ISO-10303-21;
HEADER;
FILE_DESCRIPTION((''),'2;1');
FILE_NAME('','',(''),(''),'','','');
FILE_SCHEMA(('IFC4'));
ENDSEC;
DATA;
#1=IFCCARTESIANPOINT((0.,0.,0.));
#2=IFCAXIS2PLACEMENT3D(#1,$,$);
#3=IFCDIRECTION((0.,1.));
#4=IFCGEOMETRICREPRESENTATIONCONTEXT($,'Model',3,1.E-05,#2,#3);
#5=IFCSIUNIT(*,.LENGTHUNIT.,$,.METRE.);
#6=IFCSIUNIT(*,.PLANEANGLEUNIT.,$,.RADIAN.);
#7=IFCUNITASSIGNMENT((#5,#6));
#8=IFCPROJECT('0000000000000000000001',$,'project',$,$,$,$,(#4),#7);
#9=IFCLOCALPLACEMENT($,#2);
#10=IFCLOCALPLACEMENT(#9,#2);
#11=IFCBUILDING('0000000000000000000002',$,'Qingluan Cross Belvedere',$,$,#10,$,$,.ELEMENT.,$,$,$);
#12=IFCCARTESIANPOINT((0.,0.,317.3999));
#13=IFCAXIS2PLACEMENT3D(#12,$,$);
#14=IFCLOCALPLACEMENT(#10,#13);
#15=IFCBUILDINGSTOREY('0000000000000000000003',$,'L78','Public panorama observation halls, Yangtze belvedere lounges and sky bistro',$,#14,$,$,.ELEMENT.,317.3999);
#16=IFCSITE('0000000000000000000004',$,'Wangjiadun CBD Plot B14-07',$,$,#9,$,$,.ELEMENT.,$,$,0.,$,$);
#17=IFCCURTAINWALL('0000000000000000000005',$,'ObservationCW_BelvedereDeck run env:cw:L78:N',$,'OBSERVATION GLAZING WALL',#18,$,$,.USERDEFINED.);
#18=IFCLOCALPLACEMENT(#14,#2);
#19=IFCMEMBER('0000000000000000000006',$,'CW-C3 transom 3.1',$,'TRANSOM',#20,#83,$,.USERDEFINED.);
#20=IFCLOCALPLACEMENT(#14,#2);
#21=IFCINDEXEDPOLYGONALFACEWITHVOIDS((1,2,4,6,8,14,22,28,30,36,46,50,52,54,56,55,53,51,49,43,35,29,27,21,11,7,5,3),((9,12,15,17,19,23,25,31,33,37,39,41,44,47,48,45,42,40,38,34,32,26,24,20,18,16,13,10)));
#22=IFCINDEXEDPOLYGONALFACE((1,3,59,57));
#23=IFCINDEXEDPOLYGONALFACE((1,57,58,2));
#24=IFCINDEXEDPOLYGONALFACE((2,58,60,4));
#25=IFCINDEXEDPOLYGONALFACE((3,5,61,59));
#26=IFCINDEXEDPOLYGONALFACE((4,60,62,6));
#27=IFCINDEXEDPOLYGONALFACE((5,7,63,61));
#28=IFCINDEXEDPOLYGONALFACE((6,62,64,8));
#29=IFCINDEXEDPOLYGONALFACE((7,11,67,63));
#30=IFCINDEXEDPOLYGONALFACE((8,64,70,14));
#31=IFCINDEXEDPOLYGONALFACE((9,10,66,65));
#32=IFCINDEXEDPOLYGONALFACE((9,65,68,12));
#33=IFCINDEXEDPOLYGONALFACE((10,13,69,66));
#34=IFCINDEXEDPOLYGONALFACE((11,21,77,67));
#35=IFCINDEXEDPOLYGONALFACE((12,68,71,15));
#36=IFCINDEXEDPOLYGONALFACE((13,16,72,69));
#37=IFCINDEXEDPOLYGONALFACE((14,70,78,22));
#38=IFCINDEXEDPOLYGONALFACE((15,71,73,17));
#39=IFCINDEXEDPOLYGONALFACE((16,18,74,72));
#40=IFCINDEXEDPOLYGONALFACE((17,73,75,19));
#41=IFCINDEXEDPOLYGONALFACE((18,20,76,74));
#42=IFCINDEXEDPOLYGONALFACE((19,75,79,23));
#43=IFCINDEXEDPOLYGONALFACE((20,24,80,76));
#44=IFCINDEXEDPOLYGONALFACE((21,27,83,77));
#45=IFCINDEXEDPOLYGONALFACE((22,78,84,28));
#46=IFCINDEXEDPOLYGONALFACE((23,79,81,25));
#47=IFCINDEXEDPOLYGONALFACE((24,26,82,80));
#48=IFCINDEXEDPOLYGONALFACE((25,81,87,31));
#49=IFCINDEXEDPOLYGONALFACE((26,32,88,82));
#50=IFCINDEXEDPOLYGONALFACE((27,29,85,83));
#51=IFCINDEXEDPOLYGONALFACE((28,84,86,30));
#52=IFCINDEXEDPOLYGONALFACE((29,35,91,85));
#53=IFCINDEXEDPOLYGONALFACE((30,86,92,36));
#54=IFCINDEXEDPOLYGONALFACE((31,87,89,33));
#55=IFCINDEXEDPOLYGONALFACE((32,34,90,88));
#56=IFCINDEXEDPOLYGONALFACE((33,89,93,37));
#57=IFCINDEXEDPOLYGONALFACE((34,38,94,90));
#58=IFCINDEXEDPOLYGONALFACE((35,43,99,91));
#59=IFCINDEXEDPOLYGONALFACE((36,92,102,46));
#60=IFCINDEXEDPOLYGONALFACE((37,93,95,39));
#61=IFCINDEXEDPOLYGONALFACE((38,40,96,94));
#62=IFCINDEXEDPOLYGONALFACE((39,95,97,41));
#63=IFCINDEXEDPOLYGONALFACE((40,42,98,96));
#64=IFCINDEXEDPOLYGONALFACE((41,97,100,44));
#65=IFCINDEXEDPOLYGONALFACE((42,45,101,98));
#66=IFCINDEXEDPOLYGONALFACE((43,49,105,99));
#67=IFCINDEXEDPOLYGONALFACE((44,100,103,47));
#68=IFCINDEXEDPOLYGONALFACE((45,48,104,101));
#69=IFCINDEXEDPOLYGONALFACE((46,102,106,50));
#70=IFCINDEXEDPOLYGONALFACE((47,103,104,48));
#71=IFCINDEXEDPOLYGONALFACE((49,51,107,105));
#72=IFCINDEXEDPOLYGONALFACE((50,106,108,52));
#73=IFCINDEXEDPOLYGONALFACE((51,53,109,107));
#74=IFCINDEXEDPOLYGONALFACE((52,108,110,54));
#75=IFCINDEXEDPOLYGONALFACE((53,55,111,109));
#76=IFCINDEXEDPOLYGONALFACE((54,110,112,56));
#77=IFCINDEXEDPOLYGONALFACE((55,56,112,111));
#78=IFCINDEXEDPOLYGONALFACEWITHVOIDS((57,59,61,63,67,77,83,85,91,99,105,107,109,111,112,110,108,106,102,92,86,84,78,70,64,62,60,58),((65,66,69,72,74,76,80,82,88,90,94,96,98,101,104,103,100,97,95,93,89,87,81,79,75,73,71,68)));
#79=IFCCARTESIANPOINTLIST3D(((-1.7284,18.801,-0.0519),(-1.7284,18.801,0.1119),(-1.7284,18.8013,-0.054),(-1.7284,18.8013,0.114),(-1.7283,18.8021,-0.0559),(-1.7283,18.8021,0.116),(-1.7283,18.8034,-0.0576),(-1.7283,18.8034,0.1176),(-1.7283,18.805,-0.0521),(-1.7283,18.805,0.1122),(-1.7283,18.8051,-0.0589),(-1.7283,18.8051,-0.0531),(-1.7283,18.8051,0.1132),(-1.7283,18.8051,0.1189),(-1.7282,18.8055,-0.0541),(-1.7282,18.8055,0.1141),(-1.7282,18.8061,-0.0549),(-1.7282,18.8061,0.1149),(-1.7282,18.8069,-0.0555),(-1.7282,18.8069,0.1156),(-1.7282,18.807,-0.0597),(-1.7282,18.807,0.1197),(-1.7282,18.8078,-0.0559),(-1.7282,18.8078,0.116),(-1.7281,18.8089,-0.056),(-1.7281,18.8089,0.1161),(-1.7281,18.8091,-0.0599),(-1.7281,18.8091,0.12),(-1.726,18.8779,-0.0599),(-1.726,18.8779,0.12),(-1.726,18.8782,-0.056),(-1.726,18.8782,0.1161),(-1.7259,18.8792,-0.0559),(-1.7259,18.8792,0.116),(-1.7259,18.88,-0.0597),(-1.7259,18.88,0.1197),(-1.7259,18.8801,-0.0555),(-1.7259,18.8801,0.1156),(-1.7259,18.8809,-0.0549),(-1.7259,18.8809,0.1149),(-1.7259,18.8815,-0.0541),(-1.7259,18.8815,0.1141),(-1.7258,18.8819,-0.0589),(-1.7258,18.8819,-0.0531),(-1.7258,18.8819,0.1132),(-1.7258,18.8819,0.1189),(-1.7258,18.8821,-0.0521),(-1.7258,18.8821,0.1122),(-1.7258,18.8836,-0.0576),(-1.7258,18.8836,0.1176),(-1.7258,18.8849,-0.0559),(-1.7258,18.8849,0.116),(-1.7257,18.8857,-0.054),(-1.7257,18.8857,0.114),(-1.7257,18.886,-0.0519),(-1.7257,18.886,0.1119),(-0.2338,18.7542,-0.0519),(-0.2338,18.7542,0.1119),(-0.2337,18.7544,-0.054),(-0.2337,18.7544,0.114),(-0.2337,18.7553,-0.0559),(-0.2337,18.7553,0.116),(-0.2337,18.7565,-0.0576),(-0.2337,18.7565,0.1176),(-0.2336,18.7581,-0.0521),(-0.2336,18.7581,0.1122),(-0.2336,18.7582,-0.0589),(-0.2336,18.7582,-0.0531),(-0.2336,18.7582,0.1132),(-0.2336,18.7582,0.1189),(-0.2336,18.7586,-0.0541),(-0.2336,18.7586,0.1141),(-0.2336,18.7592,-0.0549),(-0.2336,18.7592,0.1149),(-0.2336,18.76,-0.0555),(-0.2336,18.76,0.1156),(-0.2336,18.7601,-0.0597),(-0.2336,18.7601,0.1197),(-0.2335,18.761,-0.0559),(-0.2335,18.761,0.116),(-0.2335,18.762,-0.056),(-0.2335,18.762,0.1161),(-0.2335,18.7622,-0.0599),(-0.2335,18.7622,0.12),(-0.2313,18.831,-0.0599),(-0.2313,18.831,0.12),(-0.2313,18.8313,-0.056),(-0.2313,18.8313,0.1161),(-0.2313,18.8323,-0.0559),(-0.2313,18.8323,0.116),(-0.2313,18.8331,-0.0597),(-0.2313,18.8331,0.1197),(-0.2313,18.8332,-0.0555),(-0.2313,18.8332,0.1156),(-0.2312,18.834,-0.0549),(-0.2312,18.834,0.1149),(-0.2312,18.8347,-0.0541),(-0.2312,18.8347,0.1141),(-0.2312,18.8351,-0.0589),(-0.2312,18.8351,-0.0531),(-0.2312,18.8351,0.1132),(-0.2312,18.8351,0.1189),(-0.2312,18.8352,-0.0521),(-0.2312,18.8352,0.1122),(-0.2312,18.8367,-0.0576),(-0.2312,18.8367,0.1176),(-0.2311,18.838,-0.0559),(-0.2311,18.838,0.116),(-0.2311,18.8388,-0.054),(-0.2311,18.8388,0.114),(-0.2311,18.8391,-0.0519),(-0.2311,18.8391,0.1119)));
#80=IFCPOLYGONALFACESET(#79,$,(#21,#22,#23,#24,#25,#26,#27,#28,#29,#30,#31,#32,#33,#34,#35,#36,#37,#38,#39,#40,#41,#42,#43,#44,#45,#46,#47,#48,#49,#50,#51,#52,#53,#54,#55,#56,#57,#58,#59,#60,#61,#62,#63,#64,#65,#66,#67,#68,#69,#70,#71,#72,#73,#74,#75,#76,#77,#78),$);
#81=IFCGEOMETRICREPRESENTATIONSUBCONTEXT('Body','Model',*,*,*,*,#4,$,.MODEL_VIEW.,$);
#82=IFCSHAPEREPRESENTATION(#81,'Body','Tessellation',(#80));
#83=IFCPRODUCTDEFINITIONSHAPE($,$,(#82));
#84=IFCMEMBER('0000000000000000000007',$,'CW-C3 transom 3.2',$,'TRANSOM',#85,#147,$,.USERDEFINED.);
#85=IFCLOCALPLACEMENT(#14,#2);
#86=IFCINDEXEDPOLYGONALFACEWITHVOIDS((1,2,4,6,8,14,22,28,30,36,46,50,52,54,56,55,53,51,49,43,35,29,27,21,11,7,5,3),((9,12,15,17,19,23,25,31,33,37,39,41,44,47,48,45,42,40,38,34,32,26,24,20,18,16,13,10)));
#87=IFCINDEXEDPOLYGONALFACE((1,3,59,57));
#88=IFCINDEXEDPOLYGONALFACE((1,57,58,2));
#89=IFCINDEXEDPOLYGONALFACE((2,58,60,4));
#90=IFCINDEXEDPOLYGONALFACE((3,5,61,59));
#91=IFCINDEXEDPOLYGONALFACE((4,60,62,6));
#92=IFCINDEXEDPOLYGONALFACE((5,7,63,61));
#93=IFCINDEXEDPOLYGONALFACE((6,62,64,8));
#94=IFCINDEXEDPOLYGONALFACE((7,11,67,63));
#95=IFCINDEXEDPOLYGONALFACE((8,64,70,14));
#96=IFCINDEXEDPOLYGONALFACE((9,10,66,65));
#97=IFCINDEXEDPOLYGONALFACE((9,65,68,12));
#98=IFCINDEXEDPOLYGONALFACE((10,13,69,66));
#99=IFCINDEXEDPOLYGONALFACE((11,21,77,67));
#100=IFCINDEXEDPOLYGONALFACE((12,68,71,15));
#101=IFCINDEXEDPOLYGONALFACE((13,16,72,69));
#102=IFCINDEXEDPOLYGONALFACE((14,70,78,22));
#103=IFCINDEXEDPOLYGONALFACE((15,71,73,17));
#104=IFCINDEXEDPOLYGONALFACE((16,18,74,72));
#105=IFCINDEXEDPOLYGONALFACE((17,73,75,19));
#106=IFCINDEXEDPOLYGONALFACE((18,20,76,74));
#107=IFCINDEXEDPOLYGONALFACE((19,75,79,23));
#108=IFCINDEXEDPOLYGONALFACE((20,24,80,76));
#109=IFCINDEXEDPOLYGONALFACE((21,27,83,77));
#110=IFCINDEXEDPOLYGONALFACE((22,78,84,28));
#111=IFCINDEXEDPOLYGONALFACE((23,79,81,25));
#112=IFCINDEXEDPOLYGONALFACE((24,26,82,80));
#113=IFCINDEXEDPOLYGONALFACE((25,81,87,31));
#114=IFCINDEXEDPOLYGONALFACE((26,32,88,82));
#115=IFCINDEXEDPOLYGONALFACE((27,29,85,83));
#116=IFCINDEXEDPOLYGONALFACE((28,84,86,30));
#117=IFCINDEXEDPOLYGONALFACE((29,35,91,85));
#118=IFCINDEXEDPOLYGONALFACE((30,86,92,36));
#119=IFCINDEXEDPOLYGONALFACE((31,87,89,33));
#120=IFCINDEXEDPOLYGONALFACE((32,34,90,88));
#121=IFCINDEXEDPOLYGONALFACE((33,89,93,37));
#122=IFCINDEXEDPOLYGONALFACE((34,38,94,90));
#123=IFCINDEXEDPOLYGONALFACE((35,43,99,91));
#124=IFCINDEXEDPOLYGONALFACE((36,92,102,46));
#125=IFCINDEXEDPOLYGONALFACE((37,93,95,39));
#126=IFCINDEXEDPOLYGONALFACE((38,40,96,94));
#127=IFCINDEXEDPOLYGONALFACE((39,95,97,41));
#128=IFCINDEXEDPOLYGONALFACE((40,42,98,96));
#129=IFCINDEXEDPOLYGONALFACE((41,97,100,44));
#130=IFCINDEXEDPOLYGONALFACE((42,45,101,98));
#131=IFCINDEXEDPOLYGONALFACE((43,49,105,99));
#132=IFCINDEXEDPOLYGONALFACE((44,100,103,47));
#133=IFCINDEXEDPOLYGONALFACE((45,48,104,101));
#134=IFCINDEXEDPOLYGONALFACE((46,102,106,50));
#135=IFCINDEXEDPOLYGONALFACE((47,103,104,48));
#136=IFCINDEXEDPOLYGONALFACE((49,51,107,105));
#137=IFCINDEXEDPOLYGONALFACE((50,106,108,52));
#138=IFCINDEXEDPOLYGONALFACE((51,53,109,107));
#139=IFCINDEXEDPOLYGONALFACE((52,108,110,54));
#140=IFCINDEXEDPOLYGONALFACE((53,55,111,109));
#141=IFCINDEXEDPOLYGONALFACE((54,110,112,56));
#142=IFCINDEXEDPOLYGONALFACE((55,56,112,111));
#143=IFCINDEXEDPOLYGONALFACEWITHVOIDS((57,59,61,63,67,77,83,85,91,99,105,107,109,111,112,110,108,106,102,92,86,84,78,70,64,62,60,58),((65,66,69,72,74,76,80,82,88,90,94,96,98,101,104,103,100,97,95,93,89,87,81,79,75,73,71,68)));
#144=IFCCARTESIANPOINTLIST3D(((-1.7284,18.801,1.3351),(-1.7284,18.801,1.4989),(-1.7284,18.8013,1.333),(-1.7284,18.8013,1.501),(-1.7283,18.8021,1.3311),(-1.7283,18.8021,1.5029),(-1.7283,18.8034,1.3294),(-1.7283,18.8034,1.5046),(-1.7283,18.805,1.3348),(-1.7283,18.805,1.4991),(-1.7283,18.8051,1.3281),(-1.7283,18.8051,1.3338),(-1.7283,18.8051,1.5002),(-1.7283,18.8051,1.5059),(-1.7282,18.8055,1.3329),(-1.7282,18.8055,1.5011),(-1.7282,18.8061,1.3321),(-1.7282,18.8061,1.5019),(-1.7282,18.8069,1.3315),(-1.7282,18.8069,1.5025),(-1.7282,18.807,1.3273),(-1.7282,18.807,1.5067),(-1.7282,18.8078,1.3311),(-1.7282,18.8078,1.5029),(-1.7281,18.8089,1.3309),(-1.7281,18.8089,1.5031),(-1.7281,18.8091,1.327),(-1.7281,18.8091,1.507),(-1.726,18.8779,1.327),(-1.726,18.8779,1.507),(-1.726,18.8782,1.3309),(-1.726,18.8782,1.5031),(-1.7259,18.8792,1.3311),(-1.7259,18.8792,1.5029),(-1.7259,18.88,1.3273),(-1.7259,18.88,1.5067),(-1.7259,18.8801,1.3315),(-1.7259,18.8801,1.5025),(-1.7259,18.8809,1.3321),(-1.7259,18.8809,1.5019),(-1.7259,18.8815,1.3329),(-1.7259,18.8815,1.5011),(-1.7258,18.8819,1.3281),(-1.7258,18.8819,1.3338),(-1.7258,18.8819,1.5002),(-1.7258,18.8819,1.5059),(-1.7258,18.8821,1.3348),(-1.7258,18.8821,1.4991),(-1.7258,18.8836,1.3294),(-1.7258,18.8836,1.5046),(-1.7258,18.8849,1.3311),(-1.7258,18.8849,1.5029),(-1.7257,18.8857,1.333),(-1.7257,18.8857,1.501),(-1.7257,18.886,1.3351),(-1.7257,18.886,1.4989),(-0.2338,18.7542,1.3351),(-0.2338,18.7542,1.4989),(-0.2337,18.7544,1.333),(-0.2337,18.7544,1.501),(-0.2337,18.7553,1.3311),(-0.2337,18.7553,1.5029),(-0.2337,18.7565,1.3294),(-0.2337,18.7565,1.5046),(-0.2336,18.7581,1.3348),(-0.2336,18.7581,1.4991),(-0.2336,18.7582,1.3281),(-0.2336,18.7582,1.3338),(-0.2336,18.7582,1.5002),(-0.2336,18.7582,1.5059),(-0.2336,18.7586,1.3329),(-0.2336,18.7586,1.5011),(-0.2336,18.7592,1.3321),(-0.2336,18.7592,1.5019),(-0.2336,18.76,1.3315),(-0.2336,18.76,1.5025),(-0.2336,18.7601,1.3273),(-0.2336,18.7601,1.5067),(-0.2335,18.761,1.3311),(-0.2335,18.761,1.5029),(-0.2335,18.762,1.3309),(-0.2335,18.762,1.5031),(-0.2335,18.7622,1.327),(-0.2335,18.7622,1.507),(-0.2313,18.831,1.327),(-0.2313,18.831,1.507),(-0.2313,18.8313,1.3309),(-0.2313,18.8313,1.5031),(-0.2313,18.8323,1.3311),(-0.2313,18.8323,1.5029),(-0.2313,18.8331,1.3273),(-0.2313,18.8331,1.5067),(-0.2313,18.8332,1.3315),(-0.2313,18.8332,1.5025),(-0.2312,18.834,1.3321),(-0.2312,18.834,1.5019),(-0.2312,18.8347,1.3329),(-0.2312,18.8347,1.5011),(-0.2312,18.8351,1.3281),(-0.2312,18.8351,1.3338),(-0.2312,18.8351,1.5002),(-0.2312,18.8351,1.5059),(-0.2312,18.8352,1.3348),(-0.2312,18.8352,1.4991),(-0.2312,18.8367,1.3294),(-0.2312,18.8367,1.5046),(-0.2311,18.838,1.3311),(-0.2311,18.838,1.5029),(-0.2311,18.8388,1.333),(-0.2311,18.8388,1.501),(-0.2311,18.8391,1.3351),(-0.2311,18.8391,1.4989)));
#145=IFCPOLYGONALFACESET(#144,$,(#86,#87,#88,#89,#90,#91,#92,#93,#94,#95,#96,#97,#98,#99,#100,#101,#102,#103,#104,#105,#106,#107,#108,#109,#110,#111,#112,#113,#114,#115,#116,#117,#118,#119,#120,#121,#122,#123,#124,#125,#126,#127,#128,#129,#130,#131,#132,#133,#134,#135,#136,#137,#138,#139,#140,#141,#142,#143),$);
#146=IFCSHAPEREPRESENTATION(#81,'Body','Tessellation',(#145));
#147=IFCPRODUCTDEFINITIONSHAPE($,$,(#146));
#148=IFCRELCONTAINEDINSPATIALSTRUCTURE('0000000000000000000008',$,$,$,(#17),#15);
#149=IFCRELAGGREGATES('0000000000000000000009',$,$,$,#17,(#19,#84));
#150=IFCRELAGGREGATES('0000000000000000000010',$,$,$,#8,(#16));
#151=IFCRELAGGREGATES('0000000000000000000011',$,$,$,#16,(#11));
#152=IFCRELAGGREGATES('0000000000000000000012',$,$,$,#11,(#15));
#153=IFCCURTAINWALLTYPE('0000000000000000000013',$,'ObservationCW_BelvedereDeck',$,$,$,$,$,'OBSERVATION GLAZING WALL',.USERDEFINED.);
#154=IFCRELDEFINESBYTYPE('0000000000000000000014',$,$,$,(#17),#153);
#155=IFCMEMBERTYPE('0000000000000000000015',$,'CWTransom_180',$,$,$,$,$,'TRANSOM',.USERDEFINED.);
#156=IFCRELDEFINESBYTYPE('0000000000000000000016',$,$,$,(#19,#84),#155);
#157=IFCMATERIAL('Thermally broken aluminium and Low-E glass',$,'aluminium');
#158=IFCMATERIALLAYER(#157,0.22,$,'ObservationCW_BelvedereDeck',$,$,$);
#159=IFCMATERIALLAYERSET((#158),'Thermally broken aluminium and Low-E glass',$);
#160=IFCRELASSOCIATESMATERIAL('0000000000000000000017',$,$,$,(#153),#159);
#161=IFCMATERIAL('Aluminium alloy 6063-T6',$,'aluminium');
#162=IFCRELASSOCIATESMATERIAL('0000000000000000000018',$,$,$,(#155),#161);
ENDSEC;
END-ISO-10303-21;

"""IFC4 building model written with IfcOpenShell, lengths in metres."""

from ifc_helpers import new_model, si_unit, direction, frame, origin, origin_2d, place, context, subcontext, project, spatial, hollow_rectangle, extrude, material, layer, layer_set, material_profile, profile_set, type_object, element, aggregate, save


model = new_model("IFC4")

# Units and contexts
model_context = context("Model", 3, precision=1e-05, world=origin(), true_north=direction((0.0, 1.0)))
body_context = subcontext(model_context, "Body", "Model", "MODEL_VIEW")
ifc_project = project(units=[si_unit("LENGTHUNIT", "METRE"), si_unit("PLANEANGLEUNIT", "RADIAN")], contexts=[model_context])

# Site, building, storey
site_placement = place(None, origin())
site = spatial("IfcSite", under=ifc_project, at=site_placement, Name="Wangjiadun CBD Plot B14-07", CompositionType="ELEMENT", RefElevation=0.0)
building_placement = place(site_placement, origin())
building = spatial("IfcBuilding", under=site, at=building_placement, Name="Qingluan Cross Belvedere", CompositionType="ELEMENT")
storey_placement = place(building_placement, frame((0.0, 0.0, 317.3999)))
storey = spatial("IfcBuildingStorey", under=building, at=storey_placement, Name="L78", Description="Public panorama observation halls, Yangtze belvedere lounges and sky bistro", CompositionType="ELEMENT", Elevation=317.3999)

# Curtain wall, members
ifc_material_1 = material(Name="Thermally broken aluminium and Low-E glass", Category="aluminium")
ifc_layer_1 = layer(ifc_material_1, 0.22, Name="ObservationCW_BelvedereDeck")
ifc_layer_set_1 = layer_set([ifc_layer_1], Name="Thermally broken aluminium and Low-E glass")
curtain_wall_type = type_object("IfcCurtainWallType", Name="ObservationCW_BelvedereDeck", ElementType="OBSERVATION GLAZING WALL", PredefinedType="USERDEFINED", material=ifc_layer_set_1)
curtain_wall_placement = place(storey_placement, origin())
curtain_wall = element("IfcCurtainWall", 1, at=curtain_wall_placement, inside=storey, type_object=curtain_wall_type, Name="ObservationCW_BelvedereDeck run env:cw:L78:N", ObjectType="OBSERVATION GLAZING WALL", PredefinedType="USERDEFINED")
ifc_material_2 = material(Name="Aluminium alloy 6063-T6", Category="aluminium")
ifc_material_profile_1 = material_profile(ifc_material_2, hollow_rectangle(XDim=0.085, YDim=0.1799, WallThickness=0.0039, InnerFilletRadius=0.0039, OuterFilletRadius=0.0081, at=origin_2d()), Name="CWT180x85x4")
ifc_profile_set_1 = profile_set([ifc_material_profile_1], Name="Aluminium alloy 6063-T6")
member_type_1 = type_object("IfcMemberType", Name="CWTransom_180", ElementType="TRANSOM", PredefinedType="USERDEFINED", material=ifc_profile_set_1)
member_1_placement = place(storey_placement, frame((-0.2324, 18.7966, 0.03), z_axis=(-0.999509, 0.031347, 0.0), x_axis=(-0.031347, -0.999509, 0.0)))
member_1 = element("IfcMember", 2, at=member_1_placement, type_object=member_type_1, Name="CW-C3 transom 3.1", ObjectType="TRANSOM", PredefinedType="USERDEFINED", context=body_context, shape_type="SweptSolid", body=[
    extrude(hollow_rectangle(XDim=0.085, YDim=0.1799, WallThickness=0.0039, InnerFilletRadius=0.0039, OuterFilletRadius=0.0081, at=origin_2d()), origin(), (0.0, 0.0, 1.0), 1.4954),
])
member_2_placement = place(storey_placement, frame((-0.2324, 18.7966, 1.417), z_axis=(-0.999509, 0.031347, 0.0), x_axis=(-0.031347, -0.999509, 0.0)))
member_2 = element("IfcMember", 3, at=member_2_placement, type_object=member_type_1, Name="CW-C3 transom 3.2", ObjectType="TRANSOM", PredefinedType="USERDEFINED", context=body_context, shape_type="SweptSolid", body=[
    extrude(hollow_rectangle(XDim=0.085, YDim=0.1799, WallThickness=0.0039, InnerFilletRadius=0.0039, OuterFilletRadius=0.0081, at=origin_2d()), origin(), (0.0, 0.0, 1.0), 1.4954),
])

aggregate(curtain_wall, [member_1, member_2])

save(model, "model.ifc")
